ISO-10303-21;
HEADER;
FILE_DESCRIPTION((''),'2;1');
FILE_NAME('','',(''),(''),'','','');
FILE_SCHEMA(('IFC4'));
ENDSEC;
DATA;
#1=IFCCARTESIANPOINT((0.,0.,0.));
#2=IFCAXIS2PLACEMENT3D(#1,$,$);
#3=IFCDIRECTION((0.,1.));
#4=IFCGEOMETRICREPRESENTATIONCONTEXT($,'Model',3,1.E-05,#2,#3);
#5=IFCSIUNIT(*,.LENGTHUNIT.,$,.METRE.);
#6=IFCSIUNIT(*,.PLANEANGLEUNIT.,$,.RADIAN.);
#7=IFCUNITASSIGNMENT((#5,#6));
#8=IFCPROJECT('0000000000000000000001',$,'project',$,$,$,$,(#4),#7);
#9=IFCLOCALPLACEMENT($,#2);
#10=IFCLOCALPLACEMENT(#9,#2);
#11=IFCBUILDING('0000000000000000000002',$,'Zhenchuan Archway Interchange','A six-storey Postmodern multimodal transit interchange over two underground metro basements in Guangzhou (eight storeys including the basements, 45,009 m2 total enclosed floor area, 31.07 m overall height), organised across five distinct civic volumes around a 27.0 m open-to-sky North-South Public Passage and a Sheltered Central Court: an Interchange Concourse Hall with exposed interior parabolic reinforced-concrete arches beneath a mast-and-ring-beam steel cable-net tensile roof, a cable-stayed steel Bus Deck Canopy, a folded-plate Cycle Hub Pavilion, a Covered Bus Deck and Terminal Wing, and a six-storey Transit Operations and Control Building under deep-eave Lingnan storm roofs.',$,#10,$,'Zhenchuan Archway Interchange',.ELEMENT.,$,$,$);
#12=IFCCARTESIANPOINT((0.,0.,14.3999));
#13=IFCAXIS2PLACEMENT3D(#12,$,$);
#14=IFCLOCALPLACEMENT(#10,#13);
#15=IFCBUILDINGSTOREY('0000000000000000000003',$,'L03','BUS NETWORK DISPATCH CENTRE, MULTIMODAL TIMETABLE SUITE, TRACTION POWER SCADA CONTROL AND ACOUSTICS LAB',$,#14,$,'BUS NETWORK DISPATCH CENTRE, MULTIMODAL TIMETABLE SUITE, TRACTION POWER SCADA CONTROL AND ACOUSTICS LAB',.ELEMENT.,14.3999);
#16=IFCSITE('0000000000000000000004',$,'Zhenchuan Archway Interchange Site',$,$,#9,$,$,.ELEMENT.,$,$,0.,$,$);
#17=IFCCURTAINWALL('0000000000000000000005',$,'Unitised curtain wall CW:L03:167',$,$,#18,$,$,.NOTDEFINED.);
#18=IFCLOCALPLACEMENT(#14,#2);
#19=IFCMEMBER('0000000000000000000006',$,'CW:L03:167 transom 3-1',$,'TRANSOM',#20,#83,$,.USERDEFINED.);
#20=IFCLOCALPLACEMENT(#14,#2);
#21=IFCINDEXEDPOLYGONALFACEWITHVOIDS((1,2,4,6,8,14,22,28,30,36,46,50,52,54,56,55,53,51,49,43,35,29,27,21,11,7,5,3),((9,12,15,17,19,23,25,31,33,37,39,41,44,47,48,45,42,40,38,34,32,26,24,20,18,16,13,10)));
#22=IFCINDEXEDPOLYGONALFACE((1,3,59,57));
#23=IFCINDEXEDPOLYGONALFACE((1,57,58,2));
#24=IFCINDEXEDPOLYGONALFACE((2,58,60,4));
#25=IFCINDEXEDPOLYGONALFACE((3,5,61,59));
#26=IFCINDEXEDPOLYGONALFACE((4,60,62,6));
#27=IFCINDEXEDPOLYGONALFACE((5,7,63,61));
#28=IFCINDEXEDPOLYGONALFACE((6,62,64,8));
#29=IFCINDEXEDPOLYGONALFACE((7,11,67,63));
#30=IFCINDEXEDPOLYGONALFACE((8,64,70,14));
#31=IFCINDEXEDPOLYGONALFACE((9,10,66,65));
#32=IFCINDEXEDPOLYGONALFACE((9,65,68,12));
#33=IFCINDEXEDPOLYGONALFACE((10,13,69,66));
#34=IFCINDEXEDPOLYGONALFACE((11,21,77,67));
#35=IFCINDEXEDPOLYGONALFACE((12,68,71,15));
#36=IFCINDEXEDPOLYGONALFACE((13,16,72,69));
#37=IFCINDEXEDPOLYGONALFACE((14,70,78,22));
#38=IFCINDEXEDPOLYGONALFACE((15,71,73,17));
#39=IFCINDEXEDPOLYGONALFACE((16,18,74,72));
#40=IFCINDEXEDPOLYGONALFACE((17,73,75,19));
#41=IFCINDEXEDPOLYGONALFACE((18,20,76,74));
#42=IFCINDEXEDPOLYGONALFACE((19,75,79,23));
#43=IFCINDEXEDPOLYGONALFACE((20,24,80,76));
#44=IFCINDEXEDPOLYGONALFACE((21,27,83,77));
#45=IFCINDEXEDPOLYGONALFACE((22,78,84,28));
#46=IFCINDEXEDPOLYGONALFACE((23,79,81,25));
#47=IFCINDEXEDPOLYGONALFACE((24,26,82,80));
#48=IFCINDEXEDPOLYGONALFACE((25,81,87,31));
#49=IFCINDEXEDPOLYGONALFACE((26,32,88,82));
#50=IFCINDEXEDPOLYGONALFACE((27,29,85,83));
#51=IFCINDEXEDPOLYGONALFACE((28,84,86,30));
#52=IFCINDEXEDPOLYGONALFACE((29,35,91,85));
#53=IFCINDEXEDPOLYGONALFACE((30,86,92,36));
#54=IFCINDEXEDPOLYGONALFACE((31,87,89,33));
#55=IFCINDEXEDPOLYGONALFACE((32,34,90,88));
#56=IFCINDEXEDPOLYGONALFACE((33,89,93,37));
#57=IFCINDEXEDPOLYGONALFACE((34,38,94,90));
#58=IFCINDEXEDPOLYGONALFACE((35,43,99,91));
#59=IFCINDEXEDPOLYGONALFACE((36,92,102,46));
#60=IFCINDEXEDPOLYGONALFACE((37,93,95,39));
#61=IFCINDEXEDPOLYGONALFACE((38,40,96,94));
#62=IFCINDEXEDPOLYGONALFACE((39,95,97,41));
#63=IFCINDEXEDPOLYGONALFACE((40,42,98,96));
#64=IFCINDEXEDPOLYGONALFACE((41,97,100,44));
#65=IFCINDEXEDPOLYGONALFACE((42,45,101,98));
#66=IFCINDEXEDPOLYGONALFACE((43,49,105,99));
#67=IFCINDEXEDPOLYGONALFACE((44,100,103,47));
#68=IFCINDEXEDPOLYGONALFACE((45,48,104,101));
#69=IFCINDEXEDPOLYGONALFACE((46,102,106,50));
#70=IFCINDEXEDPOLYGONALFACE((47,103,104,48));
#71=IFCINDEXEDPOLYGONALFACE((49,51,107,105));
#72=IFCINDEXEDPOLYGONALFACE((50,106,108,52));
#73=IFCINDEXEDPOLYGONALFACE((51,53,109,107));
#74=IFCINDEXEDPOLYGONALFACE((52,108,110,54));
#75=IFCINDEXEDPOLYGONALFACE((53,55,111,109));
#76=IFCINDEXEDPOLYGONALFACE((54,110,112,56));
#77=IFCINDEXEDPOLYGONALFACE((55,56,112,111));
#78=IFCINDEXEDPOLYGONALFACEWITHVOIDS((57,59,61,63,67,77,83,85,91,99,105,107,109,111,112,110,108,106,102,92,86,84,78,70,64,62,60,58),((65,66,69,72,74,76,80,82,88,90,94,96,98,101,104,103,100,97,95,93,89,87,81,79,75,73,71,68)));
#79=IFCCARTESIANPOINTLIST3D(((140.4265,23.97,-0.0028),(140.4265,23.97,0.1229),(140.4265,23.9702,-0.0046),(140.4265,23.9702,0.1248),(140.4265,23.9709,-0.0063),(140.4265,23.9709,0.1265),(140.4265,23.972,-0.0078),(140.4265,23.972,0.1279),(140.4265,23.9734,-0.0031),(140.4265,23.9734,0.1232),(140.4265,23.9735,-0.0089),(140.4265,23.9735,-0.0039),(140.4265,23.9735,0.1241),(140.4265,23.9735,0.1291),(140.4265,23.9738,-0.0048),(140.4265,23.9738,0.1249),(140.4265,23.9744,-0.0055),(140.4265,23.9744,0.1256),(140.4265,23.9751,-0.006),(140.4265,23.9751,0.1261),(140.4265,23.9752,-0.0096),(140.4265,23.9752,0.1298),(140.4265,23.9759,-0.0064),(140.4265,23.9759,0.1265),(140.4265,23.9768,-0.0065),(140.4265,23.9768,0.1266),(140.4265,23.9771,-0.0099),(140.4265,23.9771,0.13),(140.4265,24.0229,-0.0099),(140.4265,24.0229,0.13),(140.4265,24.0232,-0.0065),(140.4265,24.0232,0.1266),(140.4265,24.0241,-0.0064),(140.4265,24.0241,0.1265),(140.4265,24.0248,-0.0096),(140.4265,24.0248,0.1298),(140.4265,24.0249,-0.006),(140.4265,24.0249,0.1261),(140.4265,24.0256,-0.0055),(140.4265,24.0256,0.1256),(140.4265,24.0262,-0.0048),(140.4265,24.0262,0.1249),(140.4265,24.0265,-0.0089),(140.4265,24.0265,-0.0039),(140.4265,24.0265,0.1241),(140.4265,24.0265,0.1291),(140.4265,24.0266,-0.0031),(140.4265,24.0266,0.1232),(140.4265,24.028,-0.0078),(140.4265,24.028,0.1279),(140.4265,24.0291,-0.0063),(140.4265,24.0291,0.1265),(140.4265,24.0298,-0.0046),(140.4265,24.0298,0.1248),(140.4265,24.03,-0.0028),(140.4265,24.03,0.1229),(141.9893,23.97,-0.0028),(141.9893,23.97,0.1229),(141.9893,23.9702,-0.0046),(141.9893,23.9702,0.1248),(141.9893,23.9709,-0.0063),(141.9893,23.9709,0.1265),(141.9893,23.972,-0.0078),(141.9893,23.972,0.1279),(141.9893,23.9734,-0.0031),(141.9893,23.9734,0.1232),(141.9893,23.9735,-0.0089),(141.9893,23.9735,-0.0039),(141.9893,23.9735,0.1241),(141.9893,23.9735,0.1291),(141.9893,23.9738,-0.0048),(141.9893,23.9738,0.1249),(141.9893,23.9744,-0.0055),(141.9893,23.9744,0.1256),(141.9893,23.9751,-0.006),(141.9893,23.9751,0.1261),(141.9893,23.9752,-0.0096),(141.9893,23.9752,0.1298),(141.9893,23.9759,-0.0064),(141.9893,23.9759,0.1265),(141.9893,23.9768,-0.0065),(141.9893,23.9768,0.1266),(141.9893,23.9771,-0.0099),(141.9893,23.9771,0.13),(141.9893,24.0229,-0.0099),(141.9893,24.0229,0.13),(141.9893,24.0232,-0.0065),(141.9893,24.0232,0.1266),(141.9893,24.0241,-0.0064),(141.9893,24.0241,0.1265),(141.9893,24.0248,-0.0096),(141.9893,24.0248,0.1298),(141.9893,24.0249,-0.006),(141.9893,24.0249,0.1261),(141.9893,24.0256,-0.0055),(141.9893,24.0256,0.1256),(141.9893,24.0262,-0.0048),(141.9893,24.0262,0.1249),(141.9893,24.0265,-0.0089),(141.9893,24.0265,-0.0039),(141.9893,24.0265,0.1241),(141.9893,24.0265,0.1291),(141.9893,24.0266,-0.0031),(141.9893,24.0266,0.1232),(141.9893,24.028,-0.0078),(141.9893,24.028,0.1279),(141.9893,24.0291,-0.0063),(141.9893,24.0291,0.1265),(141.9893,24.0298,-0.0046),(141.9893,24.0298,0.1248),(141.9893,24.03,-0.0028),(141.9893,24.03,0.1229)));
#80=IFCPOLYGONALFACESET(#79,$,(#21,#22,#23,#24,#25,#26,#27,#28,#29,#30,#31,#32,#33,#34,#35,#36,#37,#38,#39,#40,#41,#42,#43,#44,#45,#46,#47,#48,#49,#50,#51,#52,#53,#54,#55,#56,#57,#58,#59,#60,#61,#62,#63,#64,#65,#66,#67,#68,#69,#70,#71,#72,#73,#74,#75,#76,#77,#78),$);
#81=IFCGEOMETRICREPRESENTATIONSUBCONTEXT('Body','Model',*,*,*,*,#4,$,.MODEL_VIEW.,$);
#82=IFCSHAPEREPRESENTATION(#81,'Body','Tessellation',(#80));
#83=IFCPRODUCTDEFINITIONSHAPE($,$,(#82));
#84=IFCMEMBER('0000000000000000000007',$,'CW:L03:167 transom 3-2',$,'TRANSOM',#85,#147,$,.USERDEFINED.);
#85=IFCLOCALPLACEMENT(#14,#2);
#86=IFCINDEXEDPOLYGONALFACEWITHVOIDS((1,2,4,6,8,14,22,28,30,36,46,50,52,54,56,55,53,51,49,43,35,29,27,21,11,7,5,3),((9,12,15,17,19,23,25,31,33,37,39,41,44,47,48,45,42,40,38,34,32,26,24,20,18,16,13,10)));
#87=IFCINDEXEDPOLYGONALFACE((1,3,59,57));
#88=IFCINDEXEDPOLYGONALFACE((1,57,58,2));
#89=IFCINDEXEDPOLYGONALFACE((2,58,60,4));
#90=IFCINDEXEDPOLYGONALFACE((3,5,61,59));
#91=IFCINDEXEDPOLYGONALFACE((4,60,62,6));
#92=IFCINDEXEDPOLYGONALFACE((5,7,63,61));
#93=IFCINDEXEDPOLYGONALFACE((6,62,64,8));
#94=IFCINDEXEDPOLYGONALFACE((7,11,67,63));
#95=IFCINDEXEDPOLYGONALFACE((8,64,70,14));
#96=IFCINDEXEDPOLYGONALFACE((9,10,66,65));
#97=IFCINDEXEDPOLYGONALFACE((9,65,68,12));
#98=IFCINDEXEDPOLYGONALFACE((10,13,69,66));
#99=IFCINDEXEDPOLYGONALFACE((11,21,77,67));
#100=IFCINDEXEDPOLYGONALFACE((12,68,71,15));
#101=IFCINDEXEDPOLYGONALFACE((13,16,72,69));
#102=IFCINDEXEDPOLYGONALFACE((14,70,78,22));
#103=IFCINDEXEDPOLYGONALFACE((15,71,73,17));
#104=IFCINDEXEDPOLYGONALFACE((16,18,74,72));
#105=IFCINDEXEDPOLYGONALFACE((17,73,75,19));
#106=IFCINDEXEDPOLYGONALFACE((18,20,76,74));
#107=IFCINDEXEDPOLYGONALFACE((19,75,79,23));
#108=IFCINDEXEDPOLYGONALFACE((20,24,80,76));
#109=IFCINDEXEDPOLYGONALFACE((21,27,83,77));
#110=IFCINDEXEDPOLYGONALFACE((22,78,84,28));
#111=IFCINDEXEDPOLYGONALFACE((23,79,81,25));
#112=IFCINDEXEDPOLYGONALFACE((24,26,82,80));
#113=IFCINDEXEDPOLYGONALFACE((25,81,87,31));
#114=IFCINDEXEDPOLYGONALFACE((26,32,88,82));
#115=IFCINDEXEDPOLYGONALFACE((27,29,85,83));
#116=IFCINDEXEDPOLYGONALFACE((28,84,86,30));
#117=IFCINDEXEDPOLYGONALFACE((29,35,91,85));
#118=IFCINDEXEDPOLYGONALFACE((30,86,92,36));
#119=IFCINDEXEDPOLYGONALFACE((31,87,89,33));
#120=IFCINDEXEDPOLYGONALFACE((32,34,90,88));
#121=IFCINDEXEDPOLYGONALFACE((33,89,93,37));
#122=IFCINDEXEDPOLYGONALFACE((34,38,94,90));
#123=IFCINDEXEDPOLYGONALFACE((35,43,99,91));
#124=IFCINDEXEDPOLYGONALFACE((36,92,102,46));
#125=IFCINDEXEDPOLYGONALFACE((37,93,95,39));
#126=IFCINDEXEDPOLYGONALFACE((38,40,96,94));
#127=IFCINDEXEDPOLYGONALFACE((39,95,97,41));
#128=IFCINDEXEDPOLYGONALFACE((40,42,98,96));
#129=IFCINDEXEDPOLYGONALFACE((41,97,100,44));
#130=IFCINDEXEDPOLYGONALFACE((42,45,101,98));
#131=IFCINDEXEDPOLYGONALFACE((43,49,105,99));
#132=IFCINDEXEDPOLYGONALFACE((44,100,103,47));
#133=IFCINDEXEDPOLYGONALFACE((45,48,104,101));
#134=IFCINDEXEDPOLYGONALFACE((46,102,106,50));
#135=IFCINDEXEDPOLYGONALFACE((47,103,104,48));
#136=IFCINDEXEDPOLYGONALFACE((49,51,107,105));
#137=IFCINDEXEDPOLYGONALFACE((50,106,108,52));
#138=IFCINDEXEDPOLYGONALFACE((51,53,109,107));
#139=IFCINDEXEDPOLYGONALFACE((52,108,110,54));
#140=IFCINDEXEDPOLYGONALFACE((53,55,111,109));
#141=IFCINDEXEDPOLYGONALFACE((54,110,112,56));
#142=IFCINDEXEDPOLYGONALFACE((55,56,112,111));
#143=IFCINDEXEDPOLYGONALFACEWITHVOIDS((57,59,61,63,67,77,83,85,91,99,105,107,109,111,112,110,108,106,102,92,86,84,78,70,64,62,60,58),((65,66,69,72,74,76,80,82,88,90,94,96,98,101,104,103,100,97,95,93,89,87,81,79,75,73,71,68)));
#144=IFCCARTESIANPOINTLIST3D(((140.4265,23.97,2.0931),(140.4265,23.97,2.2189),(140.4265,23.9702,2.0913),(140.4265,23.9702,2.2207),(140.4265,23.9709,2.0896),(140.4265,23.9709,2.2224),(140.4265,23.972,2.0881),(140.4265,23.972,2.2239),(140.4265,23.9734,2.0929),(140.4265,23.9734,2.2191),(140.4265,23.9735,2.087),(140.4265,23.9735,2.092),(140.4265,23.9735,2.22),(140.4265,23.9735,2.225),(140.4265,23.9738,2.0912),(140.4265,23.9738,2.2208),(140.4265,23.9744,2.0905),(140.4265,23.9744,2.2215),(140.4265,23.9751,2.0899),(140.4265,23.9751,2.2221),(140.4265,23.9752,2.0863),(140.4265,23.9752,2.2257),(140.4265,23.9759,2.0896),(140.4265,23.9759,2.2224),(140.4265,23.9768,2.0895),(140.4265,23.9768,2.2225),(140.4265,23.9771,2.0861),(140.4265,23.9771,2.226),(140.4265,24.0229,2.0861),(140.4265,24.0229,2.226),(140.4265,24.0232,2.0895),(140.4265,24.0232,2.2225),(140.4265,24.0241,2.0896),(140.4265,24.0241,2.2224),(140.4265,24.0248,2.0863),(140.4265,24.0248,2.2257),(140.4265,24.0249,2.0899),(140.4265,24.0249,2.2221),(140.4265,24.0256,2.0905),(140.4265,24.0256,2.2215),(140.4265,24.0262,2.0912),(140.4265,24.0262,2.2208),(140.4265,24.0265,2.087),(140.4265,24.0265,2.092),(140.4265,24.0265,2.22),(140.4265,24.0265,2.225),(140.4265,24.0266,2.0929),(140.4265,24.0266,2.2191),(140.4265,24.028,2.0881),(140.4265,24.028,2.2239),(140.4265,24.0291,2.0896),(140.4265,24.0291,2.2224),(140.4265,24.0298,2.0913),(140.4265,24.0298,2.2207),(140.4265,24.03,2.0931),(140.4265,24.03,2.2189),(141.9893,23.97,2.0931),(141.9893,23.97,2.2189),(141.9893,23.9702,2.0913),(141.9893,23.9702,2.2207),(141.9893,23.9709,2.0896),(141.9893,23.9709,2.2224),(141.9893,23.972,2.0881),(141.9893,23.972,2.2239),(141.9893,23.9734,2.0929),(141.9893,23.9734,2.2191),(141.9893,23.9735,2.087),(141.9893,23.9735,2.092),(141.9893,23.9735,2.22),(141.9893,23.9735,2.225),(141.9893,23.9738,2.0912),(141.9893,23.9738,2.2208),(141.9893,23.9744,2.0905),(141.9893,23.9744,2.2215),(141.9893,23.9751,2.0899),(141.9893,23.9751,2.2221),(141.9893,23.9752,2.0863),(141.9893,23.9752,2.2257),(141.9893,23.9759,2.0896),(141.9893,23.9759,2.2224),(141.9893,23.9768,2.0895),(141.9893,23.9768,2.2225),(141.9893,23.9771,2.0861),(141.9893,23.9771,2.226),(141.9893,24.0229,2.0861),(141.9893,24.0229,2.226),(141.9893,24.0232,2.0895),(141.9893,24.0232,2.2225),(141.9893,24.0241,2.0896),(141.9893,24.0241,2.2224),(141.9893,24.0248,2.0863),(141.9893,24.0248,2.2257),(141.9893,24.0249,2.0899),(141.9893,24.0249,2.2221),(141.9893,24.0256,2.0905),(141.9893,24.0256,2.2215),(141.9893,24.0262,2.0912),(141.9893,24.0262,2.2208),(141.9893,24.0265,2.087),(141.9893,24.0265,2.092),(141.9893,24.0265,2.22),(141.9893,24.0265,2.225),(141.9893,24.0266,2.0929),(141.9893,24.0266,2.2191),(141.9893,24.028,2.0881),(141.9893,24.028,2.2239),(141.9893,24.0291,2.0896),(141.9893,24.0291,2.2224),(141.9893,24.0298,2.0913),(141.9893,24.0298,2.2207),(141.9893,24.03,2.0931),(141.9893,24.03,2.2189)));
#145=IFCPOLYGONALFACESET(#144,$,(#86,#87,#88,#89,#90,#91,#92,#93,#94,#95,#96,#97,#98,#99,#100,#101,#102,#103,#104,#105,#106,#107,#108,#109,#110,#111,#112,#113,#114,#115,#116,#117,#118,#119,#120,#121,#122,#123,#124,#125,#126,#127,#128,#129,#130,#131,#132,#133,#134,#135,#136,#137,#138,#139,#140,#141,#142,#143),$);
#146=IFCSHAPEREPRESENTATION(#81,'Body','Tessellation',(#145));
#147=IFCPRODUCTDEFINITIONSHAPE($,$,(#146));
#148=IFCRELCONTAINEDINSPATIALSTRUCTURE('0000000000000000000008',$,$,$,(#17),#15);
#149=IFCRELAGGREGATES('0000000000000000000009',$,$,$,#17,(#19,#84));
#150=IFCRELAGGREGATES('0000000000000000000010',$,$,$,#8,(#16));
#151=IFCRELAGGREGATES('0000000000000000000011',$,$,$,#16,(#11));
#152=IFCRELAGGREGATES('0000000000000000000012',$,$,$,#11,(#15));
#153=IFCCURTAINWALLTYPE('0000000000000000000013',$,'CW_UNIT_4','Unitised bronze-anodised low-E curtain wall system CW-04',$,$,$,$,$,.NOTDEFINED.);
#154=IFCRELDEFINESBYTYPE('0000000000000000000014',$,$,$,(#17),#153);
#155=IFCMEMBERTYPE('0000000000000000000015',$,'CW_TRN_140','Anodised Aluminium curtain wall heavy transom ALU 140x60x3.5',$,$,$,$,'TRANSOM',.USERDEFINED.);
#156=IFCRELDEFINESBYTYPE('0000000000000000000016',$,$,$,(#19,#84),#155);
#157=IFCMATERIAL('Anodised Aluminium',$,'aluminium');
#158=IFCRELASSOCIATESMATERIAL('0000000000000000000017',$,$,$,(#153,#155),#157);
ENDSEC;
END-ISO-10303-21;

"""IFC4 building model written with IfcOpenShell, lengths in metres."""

from ifc_helpers import new_model, si_unit, direction, frame, origin, origin_2d, place, context, subcontext, project, spatial, hollow_rectangle, extrude, material, material_profile, profile_set, type_object, element, aggregate, save


model = new_model("IFC4")

# Units and contexts
model_context = context("Model", 3, precision=1e-05, world=origin(), true_north=direction((0.0, 1.0)))
body_context = subcontext(model_context, "Body", "Model", "MODEL_VIEW")
ifc_project = project(units=[si_unit("LENGTHUNIT", "METRE"), si_unit("PLANEANGLEUNIT", "RADIAN")], contexts=[model_context])

# Site, building, storey
site_placement = place(None, origin())
site = spatial("IfcSite", under=ifc_project, at=site_placement, Name="Zhenchuan Archway Interchange Site", CompositionType="ELEMENT", RefElevation=0.0)
building_placement = place(site_placement, origin())
building = spatial("IfcBuilding", under=site, at=building_placement, Name="Zhenchuan Archway Interchange", Description="A six-storey Postmodern multimodal transit interchange over two underground metro basements in Guangzhou (eight storeys including the basements, 45,009 m2 total enclosed floor area, 31.07 m overall height), organised across five distinct civic volumes around a 27.0 m open-to-sky North-South Public Passage and a Sheltered Central Court: an Interchange Concourse Hall with exposed interior parabolic reinforced-concrete arches beneath a mast-and-ring-beam steel cable-net tensile roof, a cable-stayed steel Bus Deck Canopy, a folded-plate Cycle Hub Pavilion, a Covered Bus Deck and Terminal Wing, and a six-storey Transit Operations and Control Building under deep-eave Lingnan storm roofs.", LongName="Zhenchuan Archway Interchange", CompositionType="ELEMENT")
storey_placement = place(building_placement, frame((0.0, 0.0, 14.3999)))
storey = spatial("IfcBuildingStorey", under=building, at=storey_placement, Name="L03", Description="BUS NETWORK DISPATCH CENTRE, MULTIMODAL TIMETABLE SUITE, TRACTION POWER SCADA CONTROL AND ACOUSTICS LAB", LongName="BUS NETWORK DISPATCH CENTRE, MULTIMODAL TIMETABLE SUITE, TRACTION POWER SCADA CONTROL AND ACOUSTICS LAB", CompositionType="ELEMENT", Elevation=14.3999)

# Curtain wall
ifc_material_1 = material(Name="Anodised Aluminium", Category="aluminium")
curtain_wall_type_1 = type_object("IfcCurtainWallType", Name="CW_UNIT_4", Description="Unitised bronze-anodised low-E curtain wall system CW-04", PredefinedType="NOTDEFINED", material=ifc_material_1)
curtain_wall_1_placement = place(storey_placement, origin())
curtain_wall_1 = element("IfcCurtainWall", 1, at=curtain_wall_1_placement, inside=storey, type_object=curtain_wall_type_1, Name="Unitised curtain wall CW:L03:167", PredefinedType="NOTDEFINED")

# Members
ifc_material_profile_1 = material_profile(ifc_material_1, hollow_rectangle(XDim=0.0601, YDim=0.1399, WallThickness=0.0034, InnerFilletRadius=0.0034, OuterFilletRadius=0.0071, at=origin_2d()), Name="ALU 140x60x3.5")
ifc_profile_set_1 = profile_set([ifc_material_profile_1], Name="Anodised Aluminium")
member_type_1 = type_object("IfcMemberType", Name="CW_TRN_140", Description="Anodised Aluminium curtain wall heavy transom ALU 140x60x3.5", ElementType="TRANSOM", PredefinedType="USERDEFINED", material=ifc_profile_set_1)
member_1_placement = place(storey_placement, frame((140.4265, 24.0, 0.0601), z_axis=(1.0, 0.0, 0.0), x_axis=(0.0, 1.0, 0.0)))
member_1 = element("IfcMember", 2, at=member_1_placement, type_object=member_type_1, Name="CW:L03:167 transom 3-1", ObjectType="TRANSOM", PredefinedType="USERDEFINED", context=body_context, shape_type="SweptSolid", body=[
    extrude(hollow_rectangle(XDim=0.0601, YDim=0.1399, WallThickness=0.0034, InnerFilletRadius=0.0034, OuterFilletRadius=0.0071, at=origin_2d()), origin(), (0.0, 0.0, 1.0), 1.5627),
])
member_2_placement = place(storey_placement, frame((140.4265, 24.0, 2.156), z_axis=(1.0, 0.0, 0.0), x_axis=(0.0, 1.0, 0.0)))
member_2 = element("IfcMember", 3, at=member_2_placement, type_object=member_type_1, Name="CW:L03:167 transom 3-2", ObjectType="TRANSOM", PredefinedType="USERDEFINED", context=body_context, shape_type="SweptSolid", body=[
    extrude(hollow_rectangle(XDim=0.0601, YDim=0.1399, WallThickness=0.0034, InnerFilletRadius=0.0034, OuterFilletRadius=0.0071, at=origin_2d()), origin(), (0.0, 0.0, 1.0), 1.5627),
])

aggregate(curtain_wall_1, [member_1, member_2])

save(model, "model.ifc")
